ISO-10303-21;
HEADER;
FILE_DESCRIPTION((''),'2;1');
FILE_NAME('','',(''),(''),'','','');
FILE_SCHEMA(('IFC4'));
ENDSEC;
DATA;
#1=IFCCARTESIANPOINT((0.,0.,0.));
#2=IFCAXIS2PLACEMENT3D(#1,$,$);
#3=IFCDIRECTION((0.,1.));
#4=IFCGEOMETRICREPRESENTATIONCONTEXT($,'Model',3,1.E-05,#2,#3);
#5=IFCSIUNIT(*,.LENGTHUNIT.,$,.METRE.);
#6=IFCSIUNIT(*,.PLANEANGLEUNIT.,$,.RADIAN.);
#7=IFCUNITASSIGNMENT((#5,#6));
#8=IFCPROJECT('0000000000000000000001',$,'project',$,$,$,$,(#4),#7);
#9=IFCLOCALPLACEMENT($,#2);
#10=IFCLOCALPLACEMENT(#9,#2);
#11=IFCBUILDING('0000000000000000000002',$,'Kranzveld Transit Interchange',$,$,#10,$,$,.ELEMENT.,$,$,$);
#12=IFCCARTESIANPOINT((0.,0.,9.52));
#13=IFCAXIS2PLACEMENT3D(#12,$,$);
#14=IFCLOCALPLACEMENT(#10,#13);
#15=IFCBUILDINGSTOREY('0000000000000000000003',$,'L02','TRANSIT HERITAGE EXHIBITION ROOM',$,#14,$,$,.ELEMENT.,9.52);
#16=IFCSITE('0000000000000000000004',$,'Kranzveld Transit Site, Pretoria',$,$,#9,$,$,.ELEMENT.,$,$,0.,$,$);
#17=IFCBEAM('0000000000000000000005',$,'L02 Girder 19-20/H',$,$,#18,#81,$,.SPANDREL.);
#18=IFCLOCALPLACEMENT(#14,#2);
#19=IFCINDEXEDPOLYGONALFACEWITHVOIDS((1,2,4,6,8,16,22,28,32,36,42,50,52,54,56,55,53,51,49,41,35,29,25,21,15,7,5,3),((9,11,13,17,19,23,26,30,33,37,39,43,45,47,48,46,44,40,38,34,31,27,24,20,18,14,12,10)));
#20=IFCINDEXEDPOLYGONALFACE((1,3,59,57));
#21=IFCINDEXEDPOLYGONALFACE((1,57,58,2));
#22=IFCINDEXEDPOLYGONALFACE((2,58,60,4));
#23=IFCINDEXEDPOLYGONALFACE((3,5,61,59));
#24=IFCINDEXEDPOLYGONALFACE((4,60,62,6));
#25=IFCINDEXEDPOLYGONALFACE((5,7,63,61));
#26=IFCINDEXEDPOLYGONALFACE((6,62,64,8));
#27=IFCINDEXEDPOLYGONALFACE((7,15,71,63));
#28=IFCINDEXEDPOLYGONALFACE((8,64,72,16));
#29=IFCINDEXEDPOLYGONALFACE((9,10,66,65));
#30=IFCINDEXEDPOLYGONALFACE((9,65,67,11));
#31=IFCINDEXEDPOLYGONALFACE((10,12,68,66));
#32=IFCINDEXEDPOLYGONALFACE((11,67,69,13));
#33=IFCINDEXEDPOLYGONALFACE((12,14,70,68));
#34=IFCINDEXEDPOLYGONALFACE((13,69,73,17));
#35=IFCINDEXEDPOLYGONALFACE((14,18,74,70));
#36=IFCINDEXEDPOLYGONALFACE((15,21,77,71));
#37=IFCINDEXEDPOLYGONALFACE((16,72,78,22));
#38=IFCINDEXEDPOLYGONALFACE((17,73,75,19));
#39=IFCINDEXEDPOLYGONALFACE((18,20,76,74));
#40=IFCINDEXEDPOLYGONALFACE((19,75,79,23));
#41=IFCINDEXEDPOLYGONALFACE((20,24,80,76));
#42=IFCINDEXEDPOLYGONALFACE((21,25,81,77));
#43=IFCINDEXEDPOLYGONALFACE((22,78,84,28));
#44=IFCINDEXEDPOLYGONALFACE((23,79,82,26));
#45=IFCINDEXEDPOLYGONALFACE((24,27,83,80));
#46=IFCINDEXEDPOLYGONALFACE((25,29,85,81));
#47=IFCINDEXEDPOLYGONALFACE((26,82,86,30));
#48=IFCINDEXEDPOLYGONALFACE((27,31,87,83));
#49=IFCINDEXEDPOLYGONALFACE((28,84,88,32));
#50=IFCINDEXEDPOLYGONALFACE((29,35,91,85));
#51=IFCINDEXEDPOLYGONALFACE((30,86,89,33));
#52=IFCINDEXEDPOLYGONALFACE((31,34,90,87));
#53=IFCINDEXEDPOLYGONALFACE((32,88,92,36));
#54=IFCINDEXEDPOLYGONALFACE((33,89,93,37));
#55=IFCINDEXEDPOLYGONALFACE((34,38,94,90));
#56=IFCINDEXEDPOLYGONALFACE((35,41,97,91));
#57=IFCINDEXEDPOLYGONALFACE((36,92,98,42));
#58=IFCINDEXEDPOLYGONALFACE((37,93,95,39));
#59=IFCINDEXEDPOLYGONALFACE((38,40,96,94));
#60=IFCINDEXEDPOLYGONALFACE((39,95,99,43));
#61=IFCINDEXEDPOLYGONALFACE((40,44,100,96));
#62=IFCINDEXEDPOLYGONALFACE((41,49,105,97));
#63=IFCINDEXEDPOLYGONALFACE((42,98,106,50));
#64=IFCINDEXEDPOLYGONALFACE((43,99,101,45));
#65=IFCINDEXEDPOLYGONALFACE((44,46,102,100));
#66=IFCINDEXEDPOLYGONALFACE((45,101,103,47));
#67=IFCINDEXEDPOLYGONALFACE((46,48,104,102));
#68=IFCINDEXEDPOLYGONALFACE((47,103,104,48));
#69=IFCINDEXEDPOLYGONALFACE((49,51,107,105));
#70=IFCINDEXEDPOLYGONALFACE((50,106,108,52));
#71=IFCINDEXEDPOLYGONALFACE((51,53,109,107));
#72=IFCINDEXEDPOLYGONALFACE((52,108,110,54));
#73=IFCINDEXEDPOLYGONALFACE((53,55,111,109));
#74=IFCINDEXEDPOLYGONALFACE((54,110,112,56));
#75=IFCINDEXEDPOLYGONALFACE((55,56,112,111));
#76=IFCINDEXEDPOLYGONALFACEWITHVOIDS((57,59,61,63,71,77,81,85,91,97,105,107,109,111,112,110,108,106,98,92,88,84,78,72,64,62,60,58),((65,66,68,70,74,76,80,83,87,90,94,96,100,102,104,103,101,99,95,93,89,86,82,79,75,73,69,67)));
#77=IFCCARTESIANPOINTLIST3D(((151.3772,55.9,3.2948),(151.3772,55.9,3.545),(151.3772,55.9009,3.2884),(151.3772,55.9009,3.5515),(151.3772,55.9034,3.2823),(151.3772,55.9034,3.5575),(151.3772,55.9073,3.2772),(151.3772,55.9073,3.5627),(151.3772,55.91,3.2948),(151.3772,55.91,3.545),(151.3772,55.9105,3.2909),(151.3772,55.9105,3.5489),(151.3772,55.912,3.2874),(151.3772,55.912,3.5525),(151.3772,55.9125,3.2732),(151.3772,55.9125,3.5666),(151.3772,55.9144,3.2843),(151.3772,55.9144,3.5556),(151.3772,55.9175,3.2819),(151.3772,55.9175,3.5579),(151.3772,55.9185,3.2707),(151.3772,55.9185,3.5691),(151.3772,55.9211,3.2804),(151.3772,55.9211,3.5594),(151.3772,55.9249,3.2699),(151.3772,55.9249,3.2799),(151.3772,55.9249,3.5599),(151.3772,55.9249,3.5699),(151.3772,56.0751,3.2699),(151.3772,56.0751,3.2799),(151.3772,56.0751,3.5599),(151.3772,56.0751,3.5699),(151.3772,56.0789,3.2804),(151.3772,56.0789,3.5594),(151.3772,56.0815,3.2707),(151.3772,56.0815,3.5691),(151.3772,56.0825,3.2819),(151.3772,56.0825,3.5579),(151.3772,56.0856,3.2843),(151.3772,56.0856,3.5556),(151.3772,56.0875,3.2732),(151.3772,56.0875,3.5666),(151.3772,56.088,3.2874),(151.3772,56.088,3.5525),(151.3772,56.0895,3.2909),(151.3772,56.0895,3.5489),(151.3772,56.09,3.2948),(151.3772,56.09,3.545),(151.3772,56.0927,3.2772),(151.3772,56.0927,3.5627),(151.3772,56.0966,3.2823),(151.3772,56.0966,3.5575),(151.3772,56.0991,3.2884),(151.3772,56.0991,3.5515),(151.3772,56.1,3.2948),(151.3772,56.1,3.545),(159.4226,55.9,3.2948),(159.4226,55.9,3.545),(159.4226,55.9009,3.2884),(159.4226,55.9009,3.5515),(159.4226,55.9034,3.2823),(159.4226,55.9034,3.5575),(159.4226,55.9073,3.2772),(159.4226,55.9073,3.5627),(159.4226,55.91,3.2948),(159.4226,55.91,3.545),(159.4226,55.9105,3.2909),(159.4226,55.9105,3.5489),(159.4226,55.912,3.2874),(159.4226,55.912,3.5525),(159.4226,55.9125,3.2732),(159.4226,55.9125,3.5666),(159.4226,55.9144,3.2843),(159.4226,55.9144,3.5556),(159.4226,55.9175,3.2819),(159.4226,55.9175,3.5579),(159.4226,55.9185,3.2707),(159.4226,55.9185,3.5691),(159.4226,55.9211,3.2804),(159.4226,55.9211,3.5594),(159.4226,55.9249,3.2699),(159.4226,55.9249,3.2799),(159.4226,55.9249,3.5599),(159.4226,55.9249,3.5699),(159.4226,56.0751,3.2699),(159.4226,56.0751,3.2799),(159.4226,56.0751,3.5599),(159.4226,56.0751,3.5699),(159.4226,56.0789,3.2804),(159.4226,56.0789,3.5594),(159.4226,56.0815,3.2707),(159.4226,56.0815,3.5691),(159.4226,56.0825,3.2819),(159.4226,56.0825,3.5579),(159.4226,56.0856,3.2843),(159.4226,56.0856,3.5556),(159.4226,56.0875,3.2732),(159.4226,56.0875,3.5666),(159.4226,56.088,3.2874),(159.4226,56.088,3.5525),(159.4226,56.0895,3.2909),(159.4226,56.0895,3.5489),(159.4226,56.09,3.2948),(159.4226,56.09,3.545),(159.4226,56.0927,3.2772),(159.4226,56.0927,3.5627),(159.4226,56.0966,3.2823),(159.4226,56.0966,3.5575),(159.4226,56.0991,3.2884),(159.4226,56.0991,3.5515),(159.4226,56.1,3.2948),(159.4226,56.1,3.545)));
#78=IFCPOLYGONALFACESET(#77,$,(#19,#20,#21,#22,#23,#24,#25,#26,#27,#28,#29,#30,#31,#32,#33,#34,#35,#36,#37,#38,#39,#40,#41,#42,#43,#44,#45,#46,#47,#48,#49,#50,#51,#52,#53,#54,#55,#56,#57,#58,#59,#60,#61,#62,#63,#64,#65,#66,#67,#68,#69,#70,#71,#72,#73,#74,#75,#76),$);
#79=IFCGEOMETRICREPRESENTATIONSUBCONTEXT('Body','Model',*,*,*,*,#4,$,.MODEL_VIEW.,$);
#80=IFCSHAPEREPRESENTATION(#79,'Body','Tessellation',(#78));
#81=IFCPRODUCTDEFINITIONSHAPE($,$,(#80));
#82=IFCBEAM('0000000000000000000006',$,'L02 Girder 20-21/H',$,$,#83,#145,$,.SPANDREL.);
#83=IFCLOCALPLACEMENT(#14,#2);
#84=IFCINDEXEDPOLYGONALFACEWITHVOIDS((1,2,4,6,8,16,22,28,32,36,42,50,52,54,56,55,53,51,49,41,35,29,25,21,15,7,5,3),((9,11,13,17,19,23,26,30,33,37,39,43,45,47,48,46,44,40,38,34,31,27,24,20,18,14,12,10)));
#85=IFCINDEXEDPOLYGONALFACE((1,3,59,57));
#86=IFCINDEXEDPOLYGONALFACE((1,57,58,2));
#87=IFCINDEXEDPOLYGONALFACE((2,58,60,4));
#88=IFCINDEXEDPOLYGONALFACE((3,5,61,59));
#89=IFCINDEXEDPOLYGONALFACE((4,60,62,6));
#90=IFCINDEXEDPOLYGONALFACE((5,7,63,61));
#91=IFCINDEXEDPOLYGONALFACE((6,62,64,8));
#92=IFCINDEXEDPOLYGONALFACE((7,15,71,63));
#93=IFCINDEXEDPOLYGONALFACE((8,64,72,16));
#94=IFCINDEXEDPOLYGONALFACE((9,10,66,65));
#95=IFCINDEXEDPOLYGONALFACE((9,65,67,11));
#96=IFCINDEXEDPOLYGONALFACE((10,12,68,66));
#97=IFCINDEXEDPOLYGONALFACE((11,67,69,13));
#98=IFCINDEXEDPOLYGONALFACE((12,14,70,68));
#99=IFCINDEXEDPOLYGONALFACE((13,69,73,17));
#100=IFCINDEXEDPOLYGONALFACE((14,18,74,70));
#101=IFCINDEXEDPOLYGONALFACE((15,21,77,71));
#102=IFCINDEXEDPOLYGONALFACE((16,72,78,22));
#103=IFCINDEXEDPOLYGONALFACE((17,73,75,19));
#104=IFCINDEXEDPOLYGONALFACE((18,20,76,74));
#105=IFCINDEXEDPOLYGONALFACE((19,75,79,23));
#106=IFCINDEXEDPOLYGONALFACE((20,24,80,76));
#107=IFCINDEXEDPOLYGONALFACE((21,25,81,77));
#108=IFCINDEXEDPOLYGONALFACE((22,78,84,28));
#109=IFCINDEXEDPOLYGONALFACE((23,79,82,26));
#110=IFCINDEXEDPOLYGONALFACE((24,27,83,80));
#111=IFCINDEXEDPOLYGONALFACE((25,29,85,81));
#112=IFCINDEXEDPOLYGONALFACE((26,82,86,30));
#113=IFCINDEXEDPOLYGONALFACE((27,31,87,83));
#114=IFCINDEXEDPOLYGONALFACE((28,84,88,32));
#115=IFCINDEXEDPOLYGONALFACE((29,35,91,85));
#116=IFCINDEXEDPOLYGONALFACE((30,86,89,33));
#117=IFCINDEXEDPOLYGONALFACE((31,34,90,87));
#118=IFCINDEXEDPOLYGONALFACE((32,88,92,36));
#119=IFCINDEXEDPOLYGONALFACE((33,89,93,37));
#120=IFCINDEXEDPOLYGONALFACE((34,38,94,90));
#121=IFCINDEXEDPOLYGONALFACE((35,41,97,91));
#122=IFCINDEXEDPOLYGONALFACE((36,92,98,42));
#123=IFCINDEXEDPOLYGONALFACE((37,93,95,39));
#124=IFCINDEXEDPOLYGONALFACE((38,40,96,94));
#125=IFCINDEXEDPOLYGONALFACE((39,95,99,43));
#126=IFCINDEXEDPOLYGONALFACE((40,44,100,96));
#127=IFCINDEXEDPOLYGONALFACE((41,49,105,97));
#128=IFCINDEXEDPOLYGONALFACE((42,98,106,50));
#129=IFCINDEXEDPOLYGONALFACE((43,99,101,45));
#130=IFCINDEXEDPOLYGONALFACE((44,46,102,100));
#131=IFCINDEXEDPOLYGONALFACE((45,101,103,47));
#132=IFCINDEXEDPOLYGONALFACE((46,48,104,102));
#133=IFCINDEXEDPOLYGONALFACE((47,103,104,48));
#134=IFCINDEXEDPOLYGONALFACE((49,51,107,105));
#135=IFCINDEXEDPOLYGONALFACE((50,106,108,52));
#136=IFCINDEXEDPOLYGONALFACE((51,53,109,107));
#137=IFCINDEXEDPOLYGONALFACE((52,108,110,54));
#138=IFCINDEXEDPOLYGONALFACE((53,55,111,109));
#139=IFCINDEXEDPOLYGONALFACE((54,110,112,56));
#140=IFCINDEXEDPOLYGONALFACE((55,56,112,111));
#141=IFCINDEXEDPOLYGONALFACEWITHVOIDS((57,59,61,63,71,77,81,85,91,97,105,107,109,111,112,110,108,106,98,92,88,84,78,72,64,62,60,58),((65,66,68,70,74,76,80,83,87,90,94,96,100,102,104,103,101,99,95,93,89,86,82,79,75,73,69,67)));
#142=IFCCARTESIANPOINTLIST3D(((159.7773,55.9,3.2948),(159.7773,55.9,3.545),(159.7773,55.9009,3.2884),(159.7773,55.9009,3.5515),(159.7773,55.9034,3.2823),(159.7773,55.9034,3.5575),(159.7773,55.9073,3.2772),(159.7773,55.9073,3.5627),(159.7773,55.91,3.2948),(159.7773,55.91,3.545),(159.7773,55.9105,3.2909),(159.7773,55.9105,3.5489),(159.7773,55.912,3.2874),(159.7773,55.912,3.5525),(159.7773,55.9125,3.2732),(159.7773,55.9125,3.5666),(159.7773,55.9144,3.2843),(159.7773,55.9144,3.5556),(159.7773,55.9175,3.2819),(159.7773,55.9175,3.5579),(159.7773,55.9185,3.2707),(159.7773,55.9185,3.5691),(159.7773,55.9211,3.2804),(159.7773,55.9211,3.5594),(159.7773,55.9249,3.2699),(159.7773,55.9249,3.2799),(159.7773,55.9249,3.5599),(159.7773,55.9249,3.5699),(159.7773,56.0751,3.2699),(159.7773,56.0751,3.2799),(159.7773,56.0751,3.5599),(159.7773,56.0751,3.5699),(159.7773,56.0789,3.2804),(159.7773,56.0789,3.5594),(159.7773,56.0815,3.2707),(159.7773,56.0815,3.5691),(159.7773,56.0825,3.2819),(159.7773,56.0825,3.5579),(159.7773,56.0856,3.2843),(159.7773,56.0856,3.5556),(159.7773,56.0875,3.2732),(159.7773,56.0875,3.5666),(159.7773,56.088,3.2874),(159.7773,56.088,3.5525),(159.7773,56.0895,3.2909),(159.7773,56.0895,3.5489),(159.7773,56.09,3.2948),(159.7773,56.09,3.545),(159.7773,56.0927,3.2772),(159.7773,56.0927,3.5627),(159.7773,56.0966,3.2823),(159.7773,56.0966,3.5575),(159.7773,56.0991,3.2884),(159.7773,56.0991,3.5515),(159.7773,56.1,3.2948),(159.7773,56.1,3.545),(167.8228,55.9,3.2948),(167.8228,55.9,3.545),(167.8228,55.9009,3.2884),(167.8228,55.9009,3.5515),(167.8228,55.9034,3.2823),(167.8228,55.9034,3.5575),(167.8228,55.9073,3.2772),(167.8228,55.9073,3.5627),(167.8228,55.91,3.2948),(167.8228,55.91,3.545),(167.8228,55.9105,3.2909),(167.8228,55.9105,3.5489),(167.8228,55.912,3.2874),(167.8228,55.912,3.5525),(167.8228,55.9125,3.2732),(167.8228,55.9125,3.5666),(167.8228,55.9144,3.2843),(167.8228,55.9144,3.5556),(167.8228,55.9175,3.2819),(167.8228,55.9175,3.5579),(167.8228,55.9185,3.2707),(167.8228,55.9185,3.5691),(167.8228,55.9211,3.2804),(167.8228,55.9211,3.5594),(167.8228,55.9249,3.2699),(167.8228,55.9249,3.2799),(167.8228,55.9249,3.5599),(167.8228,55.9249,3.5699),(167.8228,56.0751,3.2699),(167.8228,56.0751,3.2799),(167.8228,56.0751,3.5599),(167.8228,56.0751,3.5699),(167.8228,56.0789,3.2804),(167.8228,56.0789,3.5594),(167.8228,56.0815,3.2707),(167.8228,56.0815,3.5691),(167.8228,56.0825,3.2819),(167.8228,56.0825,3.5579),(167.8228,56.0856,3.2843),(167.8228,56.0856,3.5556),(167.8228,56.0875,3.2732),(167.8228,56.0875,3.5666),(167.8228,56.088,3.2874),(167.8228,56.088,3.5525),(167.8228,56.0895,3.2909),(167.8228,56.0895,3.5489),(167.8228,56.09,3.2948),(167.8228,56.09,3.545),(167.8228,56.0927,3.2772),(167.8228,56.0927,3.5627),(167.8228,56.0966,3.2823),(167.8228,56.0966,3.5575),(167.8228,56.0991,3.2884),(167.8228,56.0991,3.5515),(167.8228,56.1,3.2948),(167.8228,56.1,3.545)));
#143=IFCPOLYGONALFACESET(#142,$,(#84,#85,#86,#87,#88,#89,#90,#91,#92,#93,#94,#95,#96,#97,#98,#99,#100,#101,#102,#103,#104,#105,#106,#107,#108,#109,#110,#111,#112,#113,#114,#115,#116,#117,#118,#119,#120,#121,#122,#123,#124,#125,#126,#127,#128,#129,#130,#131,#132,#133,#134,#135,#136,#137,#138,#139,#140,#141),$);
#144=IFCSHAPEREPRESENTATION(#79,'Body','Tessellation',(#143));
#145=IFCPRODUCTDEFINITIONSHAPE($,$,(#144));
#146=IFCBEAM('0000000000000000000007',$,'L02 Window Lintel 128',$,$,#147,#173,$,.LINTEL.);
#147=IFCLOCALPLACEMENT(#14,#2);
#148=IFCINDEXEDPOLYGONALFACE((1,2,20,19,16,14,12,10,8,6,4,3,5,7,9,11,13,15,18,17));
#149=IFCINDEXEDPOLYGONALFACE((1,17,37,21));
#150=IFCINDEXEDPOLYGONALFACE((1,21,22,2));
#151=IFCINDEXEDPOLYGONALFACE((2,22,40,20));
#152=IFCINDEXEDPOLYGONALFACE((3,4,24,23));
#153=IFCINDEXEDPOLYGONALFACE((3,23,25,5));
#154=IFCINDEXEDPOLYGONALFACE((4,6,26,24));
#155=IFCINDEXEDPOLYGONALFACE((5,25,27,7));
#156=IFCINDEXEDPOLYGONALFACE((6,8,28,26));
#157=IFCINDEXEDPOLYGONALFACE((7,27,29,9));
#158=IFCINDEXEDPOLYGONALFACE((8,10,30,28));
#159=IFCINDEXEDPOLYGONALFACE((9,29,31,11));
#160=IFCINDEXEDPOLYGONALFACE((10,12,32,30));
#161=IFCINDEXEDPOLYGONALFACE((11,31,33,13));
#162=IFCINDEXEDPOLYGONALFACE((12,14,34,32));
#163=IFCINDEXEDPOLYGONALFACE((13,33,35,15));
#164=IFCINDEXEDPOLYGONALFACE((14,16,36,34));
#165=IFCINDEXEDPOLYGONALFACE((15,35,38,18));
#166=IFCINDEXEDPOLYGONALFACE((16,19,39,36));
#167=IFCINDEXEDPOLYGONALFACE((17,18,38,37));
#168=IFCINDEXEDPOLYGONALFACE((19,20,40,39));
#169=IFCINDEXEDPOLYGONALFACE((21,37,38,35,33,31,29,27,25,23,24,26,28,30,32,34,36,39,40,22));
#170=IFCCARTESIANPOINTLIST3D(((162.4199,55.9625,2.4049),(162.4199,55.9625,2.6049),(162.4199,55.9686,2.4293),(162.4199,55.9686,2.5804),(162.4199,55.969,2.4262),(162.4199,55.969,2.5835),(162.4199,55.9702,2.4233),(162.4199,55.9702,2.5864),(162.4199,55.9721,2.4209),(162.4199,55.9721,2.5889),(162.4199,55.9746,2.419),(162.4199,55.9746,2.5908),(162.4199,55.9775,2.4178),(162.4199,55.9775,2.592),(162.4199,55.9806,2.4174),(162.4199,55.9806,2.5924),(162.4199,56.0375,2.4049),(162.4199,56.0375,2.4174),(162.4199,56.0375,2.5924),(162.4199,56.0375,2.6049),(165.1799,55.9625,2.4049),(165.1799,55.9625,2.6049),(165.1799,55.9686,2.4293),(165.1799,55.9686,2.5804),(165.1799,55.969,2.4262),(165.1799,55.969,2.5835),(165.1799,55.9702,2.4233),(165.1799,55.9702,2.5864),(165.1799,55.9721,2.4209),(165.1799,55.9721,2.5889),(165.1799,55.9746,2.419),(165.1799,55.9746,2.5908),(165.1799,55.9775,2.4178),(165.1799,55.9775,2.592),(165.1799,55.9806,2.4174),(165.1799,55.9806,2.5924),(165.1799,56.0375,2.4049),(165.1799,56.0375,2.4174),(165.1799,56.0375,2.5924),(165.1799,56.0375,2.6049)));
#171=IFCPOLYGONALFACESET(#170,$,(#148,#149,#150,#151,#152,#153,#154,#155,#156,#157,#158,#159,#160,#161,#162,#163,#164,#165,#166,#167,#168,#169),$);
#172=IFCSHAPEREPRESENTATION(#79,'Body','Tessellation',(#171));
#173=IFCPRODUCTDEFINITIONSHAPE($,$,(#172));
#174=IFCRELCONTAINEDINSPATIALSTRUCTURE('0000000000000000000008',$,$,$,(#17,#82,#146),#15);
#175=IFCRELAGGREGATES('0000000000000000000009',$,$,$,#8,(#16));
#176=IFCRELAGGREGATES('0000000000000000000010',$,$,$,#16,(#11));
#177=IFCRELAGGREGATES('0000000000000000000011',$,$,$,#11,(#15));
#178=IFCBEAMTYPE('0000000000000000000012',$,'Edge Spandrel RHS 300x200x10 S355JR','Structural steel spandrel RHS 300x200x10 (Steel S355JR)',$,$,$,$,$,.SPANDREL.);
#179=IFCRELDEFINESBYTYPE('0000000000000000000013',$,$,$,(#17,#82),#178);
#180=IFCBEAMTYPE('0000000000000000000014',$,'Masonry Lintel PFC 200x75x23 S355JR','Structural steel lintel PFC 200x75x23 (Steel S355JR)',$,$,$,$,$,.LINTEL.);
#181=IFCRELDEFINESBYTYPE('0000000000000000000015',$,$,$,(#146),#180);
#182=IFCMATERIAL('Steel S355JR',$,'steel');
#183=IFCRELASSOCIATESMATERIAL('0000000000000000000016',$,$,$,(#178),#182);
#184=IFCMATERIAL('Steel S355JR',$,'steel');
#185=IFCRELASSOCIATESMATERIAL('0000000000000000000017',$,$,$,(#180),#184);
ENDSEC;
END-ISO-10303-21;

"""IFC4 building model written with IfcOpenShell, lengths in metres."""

from ifc_helpers import new_model, si_unit, direction, frame, origin, origin_2d, place, context, subcontext, project, spatial, hollow_rectangle, u_section, extrude, material, material_profile, profile_set, type_object, element, save


model = new_model("IFC4")

# Units and contexts
model_context = context("Model", 3, precision=1e-05, world=origin(), true_north=direction((0.0, 1.0)))
body_context = subcontext(model_context, "Body", "Model", "MODEL_VIEW")
ifc_project = project(units=[si_unit("LENGTHUNIT", "METRE"), si_unit("PLANEANGLEUNIT", "RADIAN")], contexts=[model_context])

# Site, building, storey
site_placement = place(None, origin())
site = spatial("IfcSite", under=ifc_project, at=site_placement, Name="Kranzveld Transit Site, Pretoria", CompositionType="ELEMENT", RefElevation=0.0)
building_placement = place(site_placement, origin())
building = spatial("IfcBuilding", under=site, at=building_placement, Name="Kranzveld Transit Interchange", CompositionType="ELEMENT")
storey_placement = place(building_placement, frame((0.0, 0.0, 9.52)))
storey = spatial("IfcBuildingStorey", under=building, at=storey_placement, Name="L02", Description="TRANSIT HERITAGE EXHIBITION ROOM", CompositionType="ELEMENT", Elevation=9.52)

# Beams
ifc_material_1 = material(Name="Steel S355JR", Category="steel")
ifc_material_profile_1 = material_profile(ifc_material_1, hollow_rectangle(XDim=0.2, YDim=0.3, WallThickness=0.01, InnerFilletRadius=0.0149, OuterFilletRadius=0.0249, at=origin_2d()), Name="RHS 300x200x10")
ifc_profile_set_1 = profile_set([ifc_material_profile_1], Name="Steel S355JR")
beam_type_1 = type_object("IfcBeamType", Name="Edge Spandrel RHS 300x200x10 S355JR", Description="Structural steel spandrel RHS 300x200x10 (Steel S355JR)", PredefinedType="SPANDREL", material=ifc_profile_set_1)
for number, where, z_axis, x_axis, name in (
    (1, (151.3772, 56.0, 3.4199), (1.0, 0.0, 0.0), (0.0, 1.0, 0.0), "L02 Girder 19-20/H"),
    (2, (159.7773, 56.0, 3.4199), (1.0, 0.0, 0.0), (0.0, 1.0, 0.0), "L02 Girder 20-21/H"),
):
    element("IfcBeam", number, at=place(storey_placement, frame(where, z_axis=z_axis, x_axis=x_axis)), inside=storey, type_object=beam_type_1, Name=name, PredefinedType="SPANDREL", context=body_context, shape_type="SweptSolid", body=[
        extrude(hollow_rectangle(XDim=0.2, YDim=0.3, WallThickness=0.01, InnerFilletRadius=0.0149, OuterFilletRadius=0.0249, at=origin_2d()), origin(), (0.0, 0.0, 1.0), 8.0454),
    ])
ifc_material_2 = material(Name="Steel S355JR", Category="steel")
ifc_material_profile_2 = material_profile(ifc_material_2, u_section(Depth=0.2, FlangeWidth=0.075, WebThickness=0.0061, FlangeThickness=0.0125, FilletRadius=0.012, at=origin_2d()), Name="PFC 200x75x23")
ifc_profile_set_2 = profile_set([ifc_material_profile_2], Name="Steel S355JR")
beam_type_2 = type_object("IfcBeamType", Name="Masonry Lintel PFC 200x75x23 S355JR", Description="Structural steel lintel PFC 200x75x23 (Steel S355JR)", PredefinedType="LINTEL", material=ifc_profile_set_2)
beam_1_placement = place(storey_placement, frame((162.4199, 56.0, 2.5049), z_axis=(1.0, 0.0, 0.0), x_axis=(0.0, 1.0, 0.0)))
element("IfcBeam", 3, at=beam_1_placement, inside=storey, type_object=beam_type_2, Name="L02 Window Lintel 128", PredefinedType="LINTEL", context=body_context, shape_type="SweptSolid", body=[
    extrude(u_section(Depth=0.2, FlangeWidth=0.075, WebThickness=0.0061, FlangeThickness=0.0125, FilletRadius=0.012, at=origin_2d()), origin(), (0.0, 0.0, 1.0), 2.76),
])

save(model, "model.ifc")
